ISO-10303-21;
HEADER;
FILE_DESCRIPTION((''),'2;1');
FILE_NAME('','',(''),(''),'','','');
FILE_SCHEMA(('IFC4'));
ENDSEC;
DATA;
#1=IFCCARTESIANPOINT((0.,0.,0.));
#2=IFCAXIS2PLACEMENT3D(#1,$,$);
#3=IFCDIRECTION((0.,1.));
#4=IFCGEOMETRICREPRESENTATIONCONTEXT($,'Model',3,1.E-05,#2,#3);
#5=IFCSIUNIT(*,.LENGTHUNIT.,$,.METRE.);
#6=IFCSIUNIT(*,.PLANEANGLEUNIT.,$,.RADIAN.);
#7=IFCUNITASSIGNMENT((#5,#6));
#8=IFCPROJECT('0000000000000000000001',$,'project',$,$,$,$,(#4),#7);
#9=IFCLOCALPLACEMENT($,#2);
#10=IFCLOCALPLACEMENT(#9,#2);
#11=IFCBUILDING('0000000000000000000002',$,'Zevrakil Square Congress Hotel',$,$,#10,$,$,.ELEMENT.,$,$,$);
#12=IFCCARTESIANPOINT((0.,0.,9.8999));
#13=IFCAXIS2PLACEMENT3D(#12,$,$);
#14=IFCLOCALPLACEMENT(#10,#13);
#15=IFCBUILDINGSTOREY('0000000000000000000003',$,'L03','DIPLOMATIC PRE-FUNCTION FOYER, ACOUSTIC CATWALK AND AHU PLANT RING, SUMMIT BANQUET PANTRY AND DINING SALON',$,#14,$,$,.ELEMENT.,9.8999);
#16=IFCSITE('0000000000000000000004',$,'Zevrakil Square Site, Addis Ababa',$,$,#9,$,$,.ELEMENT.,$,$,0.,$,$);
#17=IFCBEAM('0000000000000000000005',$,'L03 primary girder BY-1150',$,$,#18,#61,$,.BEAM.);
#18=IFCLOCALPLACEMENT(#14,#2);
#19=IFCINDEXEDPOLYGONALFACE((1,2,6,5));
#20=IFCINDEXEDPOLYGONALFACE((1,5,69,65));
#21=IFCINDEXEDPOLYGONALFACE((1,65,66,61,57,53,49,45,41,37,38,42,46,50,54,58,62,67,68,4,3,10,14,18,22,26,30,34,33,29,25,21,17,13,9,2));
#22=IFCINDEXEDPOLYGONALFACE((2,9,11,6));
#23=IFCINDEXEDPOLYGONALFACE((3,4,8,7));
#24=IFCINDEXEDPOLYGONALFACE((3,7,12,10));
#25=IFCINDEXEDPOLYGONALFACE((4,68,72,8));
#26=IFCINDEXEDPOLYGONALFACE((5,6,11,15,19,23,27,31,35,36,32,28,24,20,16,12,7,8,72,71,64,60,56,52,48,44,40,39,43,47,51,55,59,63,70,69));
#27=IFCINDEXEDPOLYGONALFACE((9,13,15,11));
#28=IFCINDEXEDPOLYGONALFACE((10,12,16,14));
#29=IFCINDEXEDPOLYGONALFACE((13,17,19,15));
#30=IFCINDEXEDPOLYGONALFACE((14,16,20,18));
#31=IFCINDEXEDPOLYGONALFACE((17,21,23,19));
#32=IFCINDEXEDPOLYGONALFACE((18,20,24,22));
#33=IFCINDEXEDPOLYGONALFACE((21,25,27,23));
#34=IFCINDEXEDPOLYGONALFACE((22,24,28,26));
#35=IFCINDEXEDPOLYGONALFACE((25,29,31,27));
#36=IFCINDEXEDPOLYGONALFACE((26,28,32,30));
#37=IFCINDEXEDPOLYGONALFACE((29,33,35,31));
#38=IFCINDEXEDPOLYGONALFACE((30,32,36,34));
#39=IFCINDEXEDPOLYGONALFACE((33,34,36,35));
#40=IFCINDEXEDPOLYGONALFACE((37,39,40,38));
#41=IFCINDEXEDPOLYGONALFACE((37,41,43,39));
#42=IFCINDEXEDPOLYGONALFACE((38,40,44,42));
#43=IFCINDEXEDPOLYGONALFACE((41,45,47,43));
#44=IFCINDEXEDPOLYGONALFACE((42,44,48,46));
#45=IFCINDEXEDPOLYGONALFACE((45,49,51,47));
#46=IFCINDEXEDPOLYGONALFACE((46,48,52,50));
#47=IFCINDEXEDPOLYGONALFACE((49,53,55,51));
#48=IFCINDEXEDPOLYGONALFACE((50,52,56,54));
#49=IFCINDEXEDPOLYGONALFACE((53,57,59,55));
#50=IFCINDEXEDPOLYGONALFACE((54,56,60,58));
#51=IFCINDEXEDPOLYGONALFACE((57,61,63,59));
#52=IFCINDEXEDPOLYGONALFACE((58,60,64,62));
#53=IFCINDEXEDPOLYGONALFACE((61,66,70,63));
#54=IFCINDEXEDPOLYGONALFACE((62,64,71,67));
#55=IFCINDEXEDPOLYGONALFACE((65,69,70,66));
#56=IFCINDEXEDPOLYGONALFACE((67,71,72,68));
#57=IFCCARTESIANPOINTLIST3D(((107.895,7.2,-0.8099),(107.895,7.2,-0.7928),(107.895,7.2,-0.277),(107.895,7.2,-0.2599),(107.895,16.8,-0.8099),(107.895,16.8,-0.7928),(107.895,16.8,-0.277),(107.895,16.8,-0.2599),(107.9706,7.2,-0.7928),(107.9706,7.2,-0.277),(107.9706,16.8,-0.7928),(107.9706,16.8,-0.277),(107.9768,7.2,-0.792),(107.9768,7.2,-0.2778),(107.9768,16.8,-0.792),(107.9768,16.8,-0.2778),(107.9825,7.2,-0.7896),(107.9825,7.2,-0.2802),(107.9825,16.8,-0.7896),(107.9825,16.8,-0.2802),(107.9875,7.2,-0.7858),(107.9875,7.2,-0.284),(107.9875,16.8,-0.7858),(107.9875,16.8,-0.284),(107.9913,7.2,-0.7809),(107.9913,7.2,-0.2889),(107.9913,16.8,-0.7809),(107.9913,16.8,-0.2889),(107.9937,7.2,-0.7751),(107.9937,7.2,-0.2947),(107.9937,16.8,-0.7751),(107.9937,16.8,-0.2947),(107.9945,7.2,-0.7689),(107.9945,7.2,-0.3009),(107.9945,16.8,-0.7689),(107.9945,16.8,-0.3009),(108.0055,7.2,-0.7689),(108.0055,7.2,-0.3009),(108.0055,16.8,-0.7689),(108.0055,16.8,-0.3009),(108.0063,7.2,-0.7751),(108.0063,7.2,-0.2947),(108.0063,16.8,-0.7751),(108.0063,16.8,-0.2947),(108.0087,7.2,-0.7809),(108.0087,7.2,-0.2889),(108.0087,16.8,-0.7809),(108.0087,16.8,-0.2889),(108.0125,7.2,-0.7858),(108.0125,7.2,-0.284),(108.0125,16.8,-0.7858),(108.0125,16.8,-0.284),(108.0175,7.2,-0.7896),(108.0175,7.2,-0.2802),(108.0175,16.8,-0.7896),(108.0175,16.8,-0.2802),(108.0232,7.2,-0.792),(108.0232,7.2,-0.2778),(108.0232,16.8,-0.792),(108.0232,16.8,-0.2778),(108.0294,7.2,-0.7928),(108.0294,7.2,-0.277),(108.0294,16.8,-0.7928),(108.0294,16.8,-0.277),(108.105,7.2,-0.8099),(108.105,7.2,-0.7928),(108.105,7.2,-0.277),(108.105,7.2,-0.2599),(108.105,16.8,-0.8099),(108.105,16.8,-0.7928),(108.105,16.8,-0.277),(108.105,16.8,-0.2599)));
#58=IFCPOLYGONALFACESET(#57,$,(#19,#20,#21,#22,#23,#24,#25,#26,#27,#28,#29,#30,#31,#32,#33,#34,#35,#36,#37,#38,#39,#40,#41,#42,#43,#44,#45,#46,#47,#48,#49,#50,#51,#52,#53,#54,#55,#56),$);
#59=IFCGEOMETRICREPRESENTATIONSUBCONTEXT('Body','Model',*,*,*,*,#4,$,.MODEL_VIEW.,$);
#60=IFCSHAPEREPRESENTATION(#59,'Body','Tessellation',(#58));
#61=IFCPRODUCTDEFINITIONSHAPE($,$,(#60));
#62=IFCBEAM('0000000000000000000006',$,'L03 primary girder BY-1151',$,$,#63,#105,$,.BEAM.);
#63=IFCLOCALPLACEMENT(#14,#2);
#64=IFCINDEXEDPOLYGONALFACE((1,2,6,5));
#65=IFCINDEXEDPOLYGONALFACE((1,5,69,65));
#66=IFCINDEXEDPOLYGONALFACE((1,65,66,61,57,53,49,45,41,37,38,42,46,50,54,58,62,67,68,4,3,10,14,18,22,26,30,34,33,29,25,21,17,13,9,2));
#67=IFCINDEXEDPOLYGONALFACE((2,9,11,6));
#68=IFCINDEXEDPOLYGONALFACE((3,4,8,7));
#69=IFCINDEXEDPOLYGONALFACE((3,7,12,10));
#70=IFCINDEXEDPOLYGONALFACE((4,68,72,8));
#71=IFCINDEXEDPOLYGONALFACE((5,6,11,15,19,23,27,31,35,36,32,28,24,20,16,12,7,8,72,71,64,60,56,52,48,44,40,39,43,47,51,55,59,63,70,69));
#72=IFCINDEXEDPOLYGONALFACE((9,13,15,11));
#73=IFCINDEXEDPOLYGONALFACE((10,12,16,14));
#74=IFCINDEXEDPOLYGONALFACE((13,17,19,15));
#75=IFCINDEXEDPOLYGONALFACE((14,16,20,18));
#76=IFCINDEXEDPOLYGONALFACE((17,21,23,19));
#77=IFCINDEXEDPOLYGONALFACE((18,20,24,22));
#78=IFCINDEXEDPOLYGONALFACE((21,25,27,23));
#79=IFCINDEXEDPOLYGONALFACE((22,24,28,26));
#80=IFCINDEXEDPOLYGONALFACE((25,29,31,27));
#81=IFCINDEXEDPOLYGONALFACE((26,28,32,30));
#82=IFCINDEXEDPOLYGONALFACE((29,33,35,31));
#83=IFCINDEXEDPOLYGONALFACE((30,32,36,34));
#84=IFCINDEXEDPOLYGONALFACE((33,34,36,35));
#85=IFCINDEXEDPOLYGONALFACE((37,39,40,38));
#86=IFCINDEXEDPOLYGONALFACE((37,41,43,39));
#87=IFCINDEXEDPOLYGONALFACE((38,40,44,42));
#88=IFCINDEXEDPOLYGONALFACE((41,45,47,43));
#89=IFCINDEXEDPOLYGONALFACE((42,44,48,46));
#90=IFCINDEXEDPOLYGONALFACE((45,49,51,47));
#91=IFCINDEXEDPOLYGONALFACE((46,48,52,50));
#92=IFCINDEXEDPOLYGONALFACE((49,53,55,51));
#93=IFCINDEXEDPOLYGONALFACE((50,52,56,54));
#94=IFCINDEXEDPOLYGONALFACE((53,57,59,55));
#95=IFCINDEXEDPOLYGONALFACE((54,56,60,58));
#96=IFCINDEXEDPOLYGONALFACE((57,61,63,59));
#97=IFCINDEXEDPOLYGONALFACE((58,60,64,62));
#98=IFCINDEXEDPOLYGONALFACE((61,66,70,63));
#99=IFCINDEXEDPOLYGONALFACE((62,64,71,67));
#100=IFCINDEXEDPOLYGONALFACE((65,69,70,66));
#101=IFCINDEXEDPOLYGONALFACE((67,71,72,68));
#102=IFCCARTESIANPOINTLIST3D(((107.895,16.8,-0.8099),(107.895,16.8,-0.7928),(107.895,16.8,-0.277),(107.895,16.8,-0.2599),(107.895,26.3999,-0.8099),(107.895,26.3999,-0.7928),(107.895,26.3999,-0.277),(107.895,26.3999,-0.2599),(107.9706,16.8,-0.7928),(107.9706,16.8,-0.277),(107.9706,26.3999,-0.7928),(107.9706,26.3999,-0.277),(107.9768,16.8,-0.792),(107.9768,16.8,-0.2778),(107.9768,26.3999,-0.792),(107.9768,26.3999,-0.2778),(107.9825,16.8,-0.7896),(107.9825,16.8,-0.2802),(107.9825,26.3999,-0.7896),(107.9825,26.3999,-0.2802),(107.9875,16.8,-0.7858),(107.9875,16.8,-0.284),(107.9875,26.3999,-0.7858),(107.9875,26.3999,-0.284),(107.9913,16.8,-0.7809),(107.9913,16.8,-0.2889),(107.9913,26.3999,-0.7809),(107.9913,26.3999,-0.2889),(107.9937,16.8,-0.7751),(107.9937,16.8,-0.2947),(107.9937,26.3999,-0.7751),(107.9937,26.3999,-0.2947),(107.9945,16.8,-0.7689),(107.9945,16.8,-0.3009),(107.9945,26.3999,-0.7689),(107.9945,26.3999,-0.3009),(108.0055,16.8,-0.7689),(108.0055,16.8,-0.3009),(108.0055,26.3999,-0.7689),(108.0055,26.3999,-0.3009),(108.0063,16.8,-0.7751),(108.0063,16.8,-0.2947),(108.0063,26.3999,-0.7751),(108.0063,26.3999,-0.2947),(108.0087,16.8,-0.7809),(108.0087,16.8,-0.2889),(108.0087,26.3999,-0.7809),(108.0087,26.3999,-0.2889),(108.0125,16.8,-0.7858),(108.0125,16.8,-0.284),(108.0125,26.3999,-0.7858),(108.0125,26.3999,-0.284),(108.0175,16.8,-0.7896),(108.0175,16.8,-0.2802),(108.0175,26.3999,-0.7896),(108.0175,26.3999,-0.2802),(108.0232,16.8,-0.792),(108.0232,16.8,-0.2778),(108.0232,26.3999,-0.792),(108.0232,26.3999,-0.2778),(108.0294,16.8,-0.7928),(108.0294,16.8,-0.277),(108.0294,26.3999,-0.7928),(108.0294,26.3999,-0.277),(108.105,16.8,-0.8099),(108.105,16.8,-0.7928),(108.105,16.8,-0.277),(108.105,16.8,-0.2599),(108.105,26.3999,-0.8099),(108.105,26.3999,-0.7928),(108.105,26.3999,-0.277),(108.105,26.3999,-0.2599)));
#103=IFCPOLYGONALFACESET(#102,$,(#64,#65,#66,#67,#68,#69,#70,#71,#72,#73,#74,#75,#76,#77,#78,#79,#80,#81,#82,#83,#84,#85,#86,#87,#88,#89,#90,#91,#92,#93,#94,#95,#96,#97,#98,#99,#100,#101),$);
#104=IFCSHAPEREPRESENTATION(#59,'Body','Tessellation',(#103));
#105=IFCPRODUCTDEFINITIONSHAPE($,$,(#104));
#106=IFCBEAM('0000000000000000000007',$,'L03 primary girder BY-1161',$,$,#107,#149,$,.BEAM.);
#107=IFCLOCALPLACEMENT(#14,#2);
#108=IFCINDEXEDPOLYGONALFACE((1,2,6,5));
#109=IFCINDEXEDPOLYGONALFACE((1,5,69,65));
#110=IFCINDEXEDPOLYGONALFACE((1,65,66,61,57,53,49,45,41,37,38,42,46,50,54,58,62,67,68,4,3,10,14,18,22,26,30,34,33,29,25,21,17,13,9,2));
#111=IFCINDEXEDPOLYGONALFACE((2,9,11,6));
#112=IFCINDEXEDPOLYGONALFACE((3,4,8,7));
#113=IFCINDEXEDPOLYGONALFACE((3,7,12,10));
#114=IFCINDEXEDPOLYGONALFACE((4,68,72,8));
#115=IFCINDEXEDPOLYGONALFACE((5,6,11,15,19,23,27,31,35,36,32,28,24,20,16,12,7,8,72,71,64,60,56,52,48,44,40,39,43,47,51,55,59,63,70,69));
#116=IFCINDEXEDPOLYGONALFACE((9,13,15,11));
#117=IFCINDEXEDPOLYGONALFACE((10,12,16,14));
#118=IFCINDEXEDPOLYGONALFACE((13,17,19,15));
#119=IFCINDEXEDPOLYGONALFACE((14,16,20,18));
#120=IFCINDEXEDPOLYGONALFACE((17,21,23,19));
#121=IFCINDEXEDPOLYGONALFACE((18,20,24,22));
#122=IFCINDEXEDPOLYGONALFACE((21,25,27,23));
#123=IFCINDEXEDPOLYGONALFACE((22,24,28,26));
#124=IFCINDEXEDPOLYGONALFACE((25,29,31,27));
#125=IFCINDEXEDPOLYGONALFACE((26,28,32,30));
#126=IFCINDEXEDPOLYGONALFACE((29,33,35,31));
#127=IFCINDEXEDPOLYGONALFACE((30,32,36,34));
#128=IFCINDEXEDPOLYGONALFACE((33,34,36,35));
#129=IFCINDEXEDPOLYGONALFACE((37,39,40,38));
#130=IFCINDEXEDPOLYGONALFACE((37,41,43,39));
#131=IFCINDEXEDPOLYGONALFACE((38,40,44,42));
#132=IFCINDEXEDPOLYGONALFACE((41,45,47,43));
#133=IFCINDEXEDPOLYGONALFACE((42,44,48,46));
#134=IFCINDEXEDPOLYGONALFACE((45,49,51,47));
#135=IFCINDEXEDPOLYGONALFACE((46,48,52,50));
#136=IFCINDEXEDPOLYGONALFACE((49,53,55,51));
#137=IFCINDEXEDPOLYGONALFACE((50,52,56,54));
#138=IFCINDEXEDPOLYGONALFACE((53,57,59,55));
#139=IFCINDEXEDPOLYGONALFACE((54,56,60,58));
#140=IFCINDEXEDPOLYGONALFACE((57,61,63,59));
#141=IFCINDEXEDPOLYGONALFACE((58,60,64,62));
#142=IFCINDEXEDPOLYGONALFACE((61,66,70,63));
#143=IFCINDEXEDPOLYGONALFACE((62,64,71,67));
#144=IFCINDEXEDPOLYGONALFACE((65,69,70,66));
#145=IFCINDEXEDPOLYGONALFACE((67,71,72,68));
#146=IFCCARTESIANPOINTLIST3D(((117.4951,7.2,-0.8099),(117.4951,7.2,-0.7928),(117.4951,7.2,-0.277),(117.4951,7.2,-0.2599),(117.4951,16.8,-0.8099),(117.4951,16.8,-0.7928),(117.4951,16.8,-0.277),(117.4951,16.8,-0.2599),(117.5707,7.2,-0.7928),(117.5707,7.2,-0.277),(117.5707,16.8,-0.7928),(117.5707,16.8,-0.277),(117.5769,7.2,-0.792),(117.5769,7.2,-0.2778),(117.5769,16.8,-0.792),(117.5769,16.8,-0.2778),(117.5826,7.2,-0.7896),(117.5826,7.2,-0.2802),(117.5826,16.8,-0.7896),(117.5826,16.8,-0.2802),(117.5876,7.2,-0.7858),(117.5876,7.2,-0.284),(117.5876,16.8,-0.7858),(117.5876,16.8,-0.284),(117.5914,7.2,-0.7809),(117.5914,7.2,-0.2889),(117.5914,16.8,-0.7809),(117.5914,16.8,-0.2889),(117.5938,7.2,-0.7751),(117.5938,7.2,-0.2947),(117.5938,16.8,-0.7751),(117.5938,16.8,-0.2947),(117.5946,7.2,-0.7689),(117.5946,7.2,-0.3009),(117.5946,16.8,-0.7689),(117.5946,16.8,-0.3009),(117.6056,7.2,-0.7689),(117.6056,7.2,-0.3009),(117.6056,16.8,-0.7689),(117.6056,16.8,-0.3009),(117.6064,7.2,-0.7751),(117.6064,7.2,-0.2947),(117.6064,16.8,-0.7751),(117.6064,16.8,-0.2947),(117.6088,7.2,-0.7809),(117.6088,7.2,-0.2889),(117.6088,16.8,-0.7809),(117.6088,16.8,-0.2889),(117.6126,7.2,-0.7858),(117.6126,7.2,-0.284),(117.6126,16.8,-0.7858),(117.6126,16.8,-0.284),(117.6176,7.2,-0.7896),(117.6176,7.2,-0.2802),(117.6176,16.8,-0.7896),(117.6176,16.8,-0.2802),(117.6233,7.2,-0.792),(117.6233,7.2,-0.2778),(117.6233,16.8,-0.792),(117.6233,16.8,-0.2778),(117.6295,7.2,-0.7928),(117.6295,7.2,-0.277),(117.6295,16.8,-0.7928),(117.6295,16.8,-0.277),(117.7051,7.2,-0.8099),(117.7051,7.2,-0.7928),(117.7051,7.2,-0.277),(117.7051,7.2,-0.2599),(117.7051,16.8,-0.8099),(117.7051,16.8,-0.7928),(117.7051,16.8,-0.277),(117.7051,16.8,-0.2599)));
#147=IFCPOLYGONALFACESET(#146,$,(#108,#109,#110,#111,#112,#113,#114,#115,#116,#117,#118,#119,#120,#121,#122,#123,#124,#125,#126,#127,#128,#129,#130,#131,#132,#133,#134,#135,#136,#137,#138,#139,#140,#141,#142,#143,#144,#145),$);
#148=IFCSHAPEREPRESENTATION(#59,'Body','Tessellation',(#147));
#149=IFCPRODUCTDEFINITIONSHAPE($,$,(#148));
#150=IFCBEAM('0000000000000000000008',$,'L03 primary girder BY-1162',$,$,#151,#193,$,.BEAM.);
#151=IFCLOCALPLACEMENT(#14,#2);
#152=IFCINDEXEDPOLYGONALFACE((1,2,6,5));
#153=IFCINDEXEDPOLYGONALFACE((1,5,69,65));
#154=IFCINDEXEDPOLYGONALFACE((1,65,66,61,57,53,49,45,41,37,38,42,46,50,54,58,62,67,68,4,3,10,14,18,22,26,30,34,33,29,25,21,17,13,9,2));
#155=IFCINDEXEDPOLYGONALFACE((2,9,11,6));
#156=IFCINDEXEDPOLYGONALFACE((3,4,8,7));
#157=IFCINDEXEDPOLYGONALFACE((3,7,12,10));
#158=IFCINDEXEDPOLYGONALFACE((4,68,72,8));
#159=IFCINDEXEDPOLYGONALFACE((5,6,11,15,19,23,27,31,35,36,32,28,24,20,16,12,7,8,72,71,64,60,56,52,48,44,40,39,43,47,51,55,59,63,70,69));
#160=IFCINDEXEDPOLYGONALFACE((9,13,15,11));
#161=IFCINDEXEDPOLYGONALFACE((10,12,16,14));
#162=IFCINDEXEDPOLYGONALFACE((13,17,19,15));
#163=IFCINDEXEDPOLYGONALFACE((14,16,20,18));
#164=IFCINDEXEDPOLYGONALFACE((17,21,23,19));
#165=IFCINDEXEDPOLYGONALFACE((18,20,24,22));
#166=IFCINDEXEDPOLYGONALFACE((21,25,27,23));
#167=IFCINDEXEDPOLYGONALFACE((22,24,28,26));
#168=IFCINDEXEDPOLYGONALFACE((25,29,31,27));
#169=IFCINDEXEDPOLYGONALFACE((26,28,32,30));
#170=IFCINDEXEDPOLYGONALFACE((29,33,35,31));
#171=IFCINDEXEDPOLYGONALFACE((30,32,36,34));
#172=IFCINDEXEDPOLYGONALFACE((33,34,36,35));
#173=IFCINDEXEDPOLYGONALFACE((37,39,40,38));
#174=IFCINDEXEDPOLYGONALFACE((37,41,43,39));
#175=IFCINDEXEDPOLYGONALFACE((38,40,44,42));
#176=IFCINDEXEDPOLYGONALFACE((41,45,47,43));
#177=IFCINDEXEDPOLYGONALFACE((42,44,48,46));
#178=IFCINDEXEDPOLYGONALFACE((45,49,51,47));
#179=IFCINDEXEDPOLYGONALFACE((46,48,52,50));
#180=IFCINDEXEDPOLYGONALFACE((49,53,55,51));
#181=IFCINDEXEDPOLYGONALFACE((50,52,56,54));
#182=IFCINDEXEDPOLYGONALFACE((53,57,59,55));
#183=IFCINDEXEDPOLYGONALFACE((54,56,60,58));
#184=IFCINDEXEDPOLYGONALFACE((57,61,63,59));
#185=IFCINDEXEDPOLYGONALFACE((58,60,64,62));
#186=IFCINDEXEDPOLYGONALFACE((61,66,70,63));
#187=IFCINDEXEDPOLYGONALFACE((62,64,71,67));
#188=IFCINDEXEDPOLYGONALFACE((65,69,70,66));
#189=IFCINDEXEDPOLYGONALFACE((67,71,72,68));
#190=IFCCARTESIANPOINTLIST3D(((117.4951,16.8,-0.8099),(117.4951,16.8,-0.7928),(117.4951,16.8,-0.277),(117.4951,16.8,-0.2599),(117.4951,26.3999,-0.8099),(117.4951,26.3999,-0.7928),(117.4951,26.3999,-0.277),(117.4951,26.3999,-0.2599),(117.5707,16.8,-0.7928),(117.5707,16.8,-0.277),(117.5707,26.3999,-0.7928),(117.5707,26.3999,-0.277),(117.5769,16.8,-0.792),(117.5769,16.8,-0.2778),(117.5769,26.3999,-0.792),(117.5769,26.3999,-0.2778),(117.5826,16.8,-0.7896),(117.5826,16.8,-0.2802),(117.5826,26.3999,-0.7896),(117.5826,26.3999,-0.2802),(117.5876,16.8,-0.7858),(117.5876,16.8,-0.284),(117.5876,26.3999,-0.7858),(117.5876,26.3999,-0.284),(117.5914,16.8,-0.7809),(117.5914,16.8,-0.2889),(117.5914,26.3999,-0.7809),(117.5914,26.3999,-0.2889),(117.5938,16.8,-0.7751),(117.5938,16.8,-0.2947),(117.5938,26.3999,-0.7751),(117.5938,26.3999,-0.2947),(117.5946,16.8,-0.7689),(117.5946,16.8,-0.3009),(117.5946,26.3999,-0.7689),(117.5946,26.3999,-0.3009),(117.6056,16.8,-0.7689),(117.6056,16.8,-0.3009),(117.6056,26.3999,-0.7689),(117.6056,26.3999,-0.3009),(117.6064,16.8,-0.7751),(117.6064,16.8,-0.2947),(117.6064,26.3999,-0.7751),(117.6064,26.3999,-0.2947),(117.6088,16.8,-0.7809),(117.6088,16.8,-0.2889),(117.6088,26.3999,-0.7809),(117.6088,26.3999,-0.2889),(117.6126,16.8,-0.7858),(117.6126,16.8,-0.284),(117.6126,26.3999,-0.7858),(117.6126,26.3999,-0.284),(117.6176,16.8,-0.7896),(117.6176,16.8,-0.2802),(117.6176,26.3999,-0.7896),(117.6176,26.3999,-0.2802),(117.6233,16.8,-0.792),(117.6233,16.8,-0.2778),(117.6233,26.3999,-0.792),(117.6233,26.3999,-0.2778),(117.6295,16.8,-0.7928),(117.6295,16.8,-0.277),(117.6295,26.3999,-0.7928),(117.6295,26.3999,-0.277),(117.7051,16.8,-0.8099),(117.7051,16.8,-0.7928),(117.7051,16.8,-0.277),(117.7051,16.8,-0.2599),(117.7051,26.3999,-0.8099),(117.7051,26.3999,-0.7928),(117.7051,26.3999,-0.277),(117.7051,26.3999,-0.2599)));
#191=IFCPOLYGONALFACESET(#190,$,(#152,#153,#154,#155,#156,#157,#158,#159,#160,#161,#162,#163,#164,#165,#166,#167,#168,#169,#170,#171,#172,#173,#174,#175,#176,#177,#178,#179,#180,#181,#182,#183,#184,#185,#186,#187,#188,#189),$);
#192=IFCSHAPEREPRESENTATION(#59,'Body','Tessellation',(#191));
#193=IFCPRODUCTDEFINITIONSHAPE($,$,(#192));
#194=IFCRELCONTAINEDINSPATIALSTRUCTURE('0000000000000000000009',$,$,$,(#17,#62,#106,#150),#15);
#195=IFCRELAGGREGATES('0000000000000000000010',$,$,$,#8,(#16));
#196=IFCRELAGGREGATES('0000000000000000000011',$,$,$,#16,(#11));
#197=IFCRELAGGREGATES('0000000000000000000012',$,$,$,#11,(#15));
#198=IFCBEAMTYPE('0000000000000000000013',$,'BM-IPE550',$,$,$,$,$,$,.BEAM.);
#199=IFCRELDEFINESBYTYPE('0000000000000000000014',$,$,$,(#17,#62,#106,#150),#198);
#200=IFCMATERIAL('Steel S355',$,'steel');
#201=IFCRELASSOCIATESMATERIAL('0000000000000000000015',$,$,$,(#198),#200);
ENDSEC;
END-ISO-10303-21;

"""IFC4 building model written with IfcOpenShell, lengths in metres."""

from ifc_helpers import new_model, si_unit, direction, frame, origin, origin_2d, place, context, subcontext, project, spatial, i_section, extrude, material, material_profile, profile_set, type_object, element, save


model = new_model("IFC4")

# Units and contexts
model_context = context("Model", 3, precision=1e-05, world=origin(), true_north=direction((0.0, 1.0)))
body_context = subcontext(model_context, "Body", "Model", "MODEL_VIEW")
ifc_project = project(units=[si_unit("LENGTHUNIT", "METRE"), si_unit("PLANEANGLEUNIT", "RADIAN")], contexts=[model_context])

# Site, building, storey
site_placement = place(None, origin())
site = spatial("IfcSite", under=ifc_project, at=site_placement, Name="Zevrakil Square Site, Addis Ababa", CompositionType="ELEMENT", RefElevation=0.0)
building_placement = place(site_placement, origin())
building = spatial("IfcBuilding", under=site, at=building_placement, Name="Zevrakil Square Congress Hotel", CompositionType="ELEMENT")
storey_placement = place(building_placement, frame((0.0, 0.0, 9.8999)))
storey = spatial("IfcBuildingStorey", under=building, at=storey_placement, Name="L03", Description="DIPLOMATIC PRE-FUNCTION FOYER, ACOUSTIC CATWALK AND AHU PLANT RING, SUMMIT BANQUET PANTRY AND DINING SALON", CompositionType="ELEMENT", Elevation=9.8999)

# Beams
ifc_material_1 = material(Name="Steel S355", Category="steel")
ifc_material_profile_1 = material_profile(ifc_material_1, i_section(OverallWidth=0.21, OverallDepth=0.55, WebThickness=0.011, FlangeThickness=0.0171, FilletRadius=0.0239, at=origin_2d()), Name="IPE 550")
ifc_profile_set_1 = profile_set([ifc_material_profile_1], Name="Steel S355")
beam_type_1 = type_object("IfcBeamType", Name="BM-IPE550", PredefinedType="BEAM", material=ifc_profile_set_1)
beam_1_placement = place(storey_placement, frame((108.0, 7.2, -0.5349), z_axis=(0.0, 1.0, 0.0), x_axis=(-1.0, 0.0, 0.0)))
element("IfcBeam", 1, at=beam_1_placement, inside=storey, type_object=beam_type_1, Name="L03 primary girder BY-1150", PredefinedType="BEAM", context=body_context, shape_type="SweptSolid", body=[
    extrude(i_section(OverallWidth=0.21, OverallDepth=0.55, WebThickness=0.011, FlangeThickness=0.0171, FilletRadius=0.0239, at=origin_2d()), origin(), (0.0, 0.0, 1.0), 9.6001),
])
beam_2_placement = place(storey_placement, frame((108.0, 16.8, -0.5349), z_axis=(0.0, 1.0, 0.0), x_axis=(-1.0, 0.0, 0.0)))
element("IfcBeam", 2, at=beam_2_placement, inside=storey, type_object=beam_type_1, Name="L03 primary girder BY-1151", PredefinedType="BEAM", context=body_context, shape_type="SweptSolid", body=[
    extrude(i_section(OverallWidth=0.21, OverallDepth=0.55, WebThickness=0.011, FlangeThickness=0.0171, FilletRadius=0.0239, at=origin_2d()), origin(), (0.0, 0.0, 1.0), 9.5999),
])
beam_3_placement = place(storey_placement, frame((117.6001, 7.2, -0.5349), z_axis=(0.0, 1.0, 0.0), x_axis=(-1.0, 0.0, 0.0)))
element("IfcBeam", 3, at=beam_3_placement, inside=storey, type_object=beam_type_1, Name="L03 primary girder BY-1161", PredefinedType="BEAM", context=body_context, shape_type="SweptSolid", body=[
    extrude(i_section(OverallWidth=0.21, OverallDepth=0.55, WebThickness=0.011, FlangeThickness=0.0171, FilletRadius=0.0239, at=origin_2d()), origin(), (0.0, 0.0, 1.0), 9.6001),
])
beam_4_placement = place(storey_placement, frame((117.6001, 16.8, -0.5349), z_axis=(0.0, 1.0, 0.0), x_axis=(-1.0, 0.0, 0.0)))
element("IfcBeam", 4, at=beam_4_placement, inside=storey, type_object=beam_type_1, Name="L03 primary girder BY-1162", PredefinedType="BEAM", context=body_context, shape_type="SweptSolid", body=[
    extrude(i_section(OverallWidth=0.21, OverallDepth=0.55, WebThickness=0.011, FlangeThickness=0.0171, FilletRadius=0.0239, at=origin_2d()), origin(), (0.0, 0.0, 1.0), 9.5999),
])

save(model, "model.ifc")
